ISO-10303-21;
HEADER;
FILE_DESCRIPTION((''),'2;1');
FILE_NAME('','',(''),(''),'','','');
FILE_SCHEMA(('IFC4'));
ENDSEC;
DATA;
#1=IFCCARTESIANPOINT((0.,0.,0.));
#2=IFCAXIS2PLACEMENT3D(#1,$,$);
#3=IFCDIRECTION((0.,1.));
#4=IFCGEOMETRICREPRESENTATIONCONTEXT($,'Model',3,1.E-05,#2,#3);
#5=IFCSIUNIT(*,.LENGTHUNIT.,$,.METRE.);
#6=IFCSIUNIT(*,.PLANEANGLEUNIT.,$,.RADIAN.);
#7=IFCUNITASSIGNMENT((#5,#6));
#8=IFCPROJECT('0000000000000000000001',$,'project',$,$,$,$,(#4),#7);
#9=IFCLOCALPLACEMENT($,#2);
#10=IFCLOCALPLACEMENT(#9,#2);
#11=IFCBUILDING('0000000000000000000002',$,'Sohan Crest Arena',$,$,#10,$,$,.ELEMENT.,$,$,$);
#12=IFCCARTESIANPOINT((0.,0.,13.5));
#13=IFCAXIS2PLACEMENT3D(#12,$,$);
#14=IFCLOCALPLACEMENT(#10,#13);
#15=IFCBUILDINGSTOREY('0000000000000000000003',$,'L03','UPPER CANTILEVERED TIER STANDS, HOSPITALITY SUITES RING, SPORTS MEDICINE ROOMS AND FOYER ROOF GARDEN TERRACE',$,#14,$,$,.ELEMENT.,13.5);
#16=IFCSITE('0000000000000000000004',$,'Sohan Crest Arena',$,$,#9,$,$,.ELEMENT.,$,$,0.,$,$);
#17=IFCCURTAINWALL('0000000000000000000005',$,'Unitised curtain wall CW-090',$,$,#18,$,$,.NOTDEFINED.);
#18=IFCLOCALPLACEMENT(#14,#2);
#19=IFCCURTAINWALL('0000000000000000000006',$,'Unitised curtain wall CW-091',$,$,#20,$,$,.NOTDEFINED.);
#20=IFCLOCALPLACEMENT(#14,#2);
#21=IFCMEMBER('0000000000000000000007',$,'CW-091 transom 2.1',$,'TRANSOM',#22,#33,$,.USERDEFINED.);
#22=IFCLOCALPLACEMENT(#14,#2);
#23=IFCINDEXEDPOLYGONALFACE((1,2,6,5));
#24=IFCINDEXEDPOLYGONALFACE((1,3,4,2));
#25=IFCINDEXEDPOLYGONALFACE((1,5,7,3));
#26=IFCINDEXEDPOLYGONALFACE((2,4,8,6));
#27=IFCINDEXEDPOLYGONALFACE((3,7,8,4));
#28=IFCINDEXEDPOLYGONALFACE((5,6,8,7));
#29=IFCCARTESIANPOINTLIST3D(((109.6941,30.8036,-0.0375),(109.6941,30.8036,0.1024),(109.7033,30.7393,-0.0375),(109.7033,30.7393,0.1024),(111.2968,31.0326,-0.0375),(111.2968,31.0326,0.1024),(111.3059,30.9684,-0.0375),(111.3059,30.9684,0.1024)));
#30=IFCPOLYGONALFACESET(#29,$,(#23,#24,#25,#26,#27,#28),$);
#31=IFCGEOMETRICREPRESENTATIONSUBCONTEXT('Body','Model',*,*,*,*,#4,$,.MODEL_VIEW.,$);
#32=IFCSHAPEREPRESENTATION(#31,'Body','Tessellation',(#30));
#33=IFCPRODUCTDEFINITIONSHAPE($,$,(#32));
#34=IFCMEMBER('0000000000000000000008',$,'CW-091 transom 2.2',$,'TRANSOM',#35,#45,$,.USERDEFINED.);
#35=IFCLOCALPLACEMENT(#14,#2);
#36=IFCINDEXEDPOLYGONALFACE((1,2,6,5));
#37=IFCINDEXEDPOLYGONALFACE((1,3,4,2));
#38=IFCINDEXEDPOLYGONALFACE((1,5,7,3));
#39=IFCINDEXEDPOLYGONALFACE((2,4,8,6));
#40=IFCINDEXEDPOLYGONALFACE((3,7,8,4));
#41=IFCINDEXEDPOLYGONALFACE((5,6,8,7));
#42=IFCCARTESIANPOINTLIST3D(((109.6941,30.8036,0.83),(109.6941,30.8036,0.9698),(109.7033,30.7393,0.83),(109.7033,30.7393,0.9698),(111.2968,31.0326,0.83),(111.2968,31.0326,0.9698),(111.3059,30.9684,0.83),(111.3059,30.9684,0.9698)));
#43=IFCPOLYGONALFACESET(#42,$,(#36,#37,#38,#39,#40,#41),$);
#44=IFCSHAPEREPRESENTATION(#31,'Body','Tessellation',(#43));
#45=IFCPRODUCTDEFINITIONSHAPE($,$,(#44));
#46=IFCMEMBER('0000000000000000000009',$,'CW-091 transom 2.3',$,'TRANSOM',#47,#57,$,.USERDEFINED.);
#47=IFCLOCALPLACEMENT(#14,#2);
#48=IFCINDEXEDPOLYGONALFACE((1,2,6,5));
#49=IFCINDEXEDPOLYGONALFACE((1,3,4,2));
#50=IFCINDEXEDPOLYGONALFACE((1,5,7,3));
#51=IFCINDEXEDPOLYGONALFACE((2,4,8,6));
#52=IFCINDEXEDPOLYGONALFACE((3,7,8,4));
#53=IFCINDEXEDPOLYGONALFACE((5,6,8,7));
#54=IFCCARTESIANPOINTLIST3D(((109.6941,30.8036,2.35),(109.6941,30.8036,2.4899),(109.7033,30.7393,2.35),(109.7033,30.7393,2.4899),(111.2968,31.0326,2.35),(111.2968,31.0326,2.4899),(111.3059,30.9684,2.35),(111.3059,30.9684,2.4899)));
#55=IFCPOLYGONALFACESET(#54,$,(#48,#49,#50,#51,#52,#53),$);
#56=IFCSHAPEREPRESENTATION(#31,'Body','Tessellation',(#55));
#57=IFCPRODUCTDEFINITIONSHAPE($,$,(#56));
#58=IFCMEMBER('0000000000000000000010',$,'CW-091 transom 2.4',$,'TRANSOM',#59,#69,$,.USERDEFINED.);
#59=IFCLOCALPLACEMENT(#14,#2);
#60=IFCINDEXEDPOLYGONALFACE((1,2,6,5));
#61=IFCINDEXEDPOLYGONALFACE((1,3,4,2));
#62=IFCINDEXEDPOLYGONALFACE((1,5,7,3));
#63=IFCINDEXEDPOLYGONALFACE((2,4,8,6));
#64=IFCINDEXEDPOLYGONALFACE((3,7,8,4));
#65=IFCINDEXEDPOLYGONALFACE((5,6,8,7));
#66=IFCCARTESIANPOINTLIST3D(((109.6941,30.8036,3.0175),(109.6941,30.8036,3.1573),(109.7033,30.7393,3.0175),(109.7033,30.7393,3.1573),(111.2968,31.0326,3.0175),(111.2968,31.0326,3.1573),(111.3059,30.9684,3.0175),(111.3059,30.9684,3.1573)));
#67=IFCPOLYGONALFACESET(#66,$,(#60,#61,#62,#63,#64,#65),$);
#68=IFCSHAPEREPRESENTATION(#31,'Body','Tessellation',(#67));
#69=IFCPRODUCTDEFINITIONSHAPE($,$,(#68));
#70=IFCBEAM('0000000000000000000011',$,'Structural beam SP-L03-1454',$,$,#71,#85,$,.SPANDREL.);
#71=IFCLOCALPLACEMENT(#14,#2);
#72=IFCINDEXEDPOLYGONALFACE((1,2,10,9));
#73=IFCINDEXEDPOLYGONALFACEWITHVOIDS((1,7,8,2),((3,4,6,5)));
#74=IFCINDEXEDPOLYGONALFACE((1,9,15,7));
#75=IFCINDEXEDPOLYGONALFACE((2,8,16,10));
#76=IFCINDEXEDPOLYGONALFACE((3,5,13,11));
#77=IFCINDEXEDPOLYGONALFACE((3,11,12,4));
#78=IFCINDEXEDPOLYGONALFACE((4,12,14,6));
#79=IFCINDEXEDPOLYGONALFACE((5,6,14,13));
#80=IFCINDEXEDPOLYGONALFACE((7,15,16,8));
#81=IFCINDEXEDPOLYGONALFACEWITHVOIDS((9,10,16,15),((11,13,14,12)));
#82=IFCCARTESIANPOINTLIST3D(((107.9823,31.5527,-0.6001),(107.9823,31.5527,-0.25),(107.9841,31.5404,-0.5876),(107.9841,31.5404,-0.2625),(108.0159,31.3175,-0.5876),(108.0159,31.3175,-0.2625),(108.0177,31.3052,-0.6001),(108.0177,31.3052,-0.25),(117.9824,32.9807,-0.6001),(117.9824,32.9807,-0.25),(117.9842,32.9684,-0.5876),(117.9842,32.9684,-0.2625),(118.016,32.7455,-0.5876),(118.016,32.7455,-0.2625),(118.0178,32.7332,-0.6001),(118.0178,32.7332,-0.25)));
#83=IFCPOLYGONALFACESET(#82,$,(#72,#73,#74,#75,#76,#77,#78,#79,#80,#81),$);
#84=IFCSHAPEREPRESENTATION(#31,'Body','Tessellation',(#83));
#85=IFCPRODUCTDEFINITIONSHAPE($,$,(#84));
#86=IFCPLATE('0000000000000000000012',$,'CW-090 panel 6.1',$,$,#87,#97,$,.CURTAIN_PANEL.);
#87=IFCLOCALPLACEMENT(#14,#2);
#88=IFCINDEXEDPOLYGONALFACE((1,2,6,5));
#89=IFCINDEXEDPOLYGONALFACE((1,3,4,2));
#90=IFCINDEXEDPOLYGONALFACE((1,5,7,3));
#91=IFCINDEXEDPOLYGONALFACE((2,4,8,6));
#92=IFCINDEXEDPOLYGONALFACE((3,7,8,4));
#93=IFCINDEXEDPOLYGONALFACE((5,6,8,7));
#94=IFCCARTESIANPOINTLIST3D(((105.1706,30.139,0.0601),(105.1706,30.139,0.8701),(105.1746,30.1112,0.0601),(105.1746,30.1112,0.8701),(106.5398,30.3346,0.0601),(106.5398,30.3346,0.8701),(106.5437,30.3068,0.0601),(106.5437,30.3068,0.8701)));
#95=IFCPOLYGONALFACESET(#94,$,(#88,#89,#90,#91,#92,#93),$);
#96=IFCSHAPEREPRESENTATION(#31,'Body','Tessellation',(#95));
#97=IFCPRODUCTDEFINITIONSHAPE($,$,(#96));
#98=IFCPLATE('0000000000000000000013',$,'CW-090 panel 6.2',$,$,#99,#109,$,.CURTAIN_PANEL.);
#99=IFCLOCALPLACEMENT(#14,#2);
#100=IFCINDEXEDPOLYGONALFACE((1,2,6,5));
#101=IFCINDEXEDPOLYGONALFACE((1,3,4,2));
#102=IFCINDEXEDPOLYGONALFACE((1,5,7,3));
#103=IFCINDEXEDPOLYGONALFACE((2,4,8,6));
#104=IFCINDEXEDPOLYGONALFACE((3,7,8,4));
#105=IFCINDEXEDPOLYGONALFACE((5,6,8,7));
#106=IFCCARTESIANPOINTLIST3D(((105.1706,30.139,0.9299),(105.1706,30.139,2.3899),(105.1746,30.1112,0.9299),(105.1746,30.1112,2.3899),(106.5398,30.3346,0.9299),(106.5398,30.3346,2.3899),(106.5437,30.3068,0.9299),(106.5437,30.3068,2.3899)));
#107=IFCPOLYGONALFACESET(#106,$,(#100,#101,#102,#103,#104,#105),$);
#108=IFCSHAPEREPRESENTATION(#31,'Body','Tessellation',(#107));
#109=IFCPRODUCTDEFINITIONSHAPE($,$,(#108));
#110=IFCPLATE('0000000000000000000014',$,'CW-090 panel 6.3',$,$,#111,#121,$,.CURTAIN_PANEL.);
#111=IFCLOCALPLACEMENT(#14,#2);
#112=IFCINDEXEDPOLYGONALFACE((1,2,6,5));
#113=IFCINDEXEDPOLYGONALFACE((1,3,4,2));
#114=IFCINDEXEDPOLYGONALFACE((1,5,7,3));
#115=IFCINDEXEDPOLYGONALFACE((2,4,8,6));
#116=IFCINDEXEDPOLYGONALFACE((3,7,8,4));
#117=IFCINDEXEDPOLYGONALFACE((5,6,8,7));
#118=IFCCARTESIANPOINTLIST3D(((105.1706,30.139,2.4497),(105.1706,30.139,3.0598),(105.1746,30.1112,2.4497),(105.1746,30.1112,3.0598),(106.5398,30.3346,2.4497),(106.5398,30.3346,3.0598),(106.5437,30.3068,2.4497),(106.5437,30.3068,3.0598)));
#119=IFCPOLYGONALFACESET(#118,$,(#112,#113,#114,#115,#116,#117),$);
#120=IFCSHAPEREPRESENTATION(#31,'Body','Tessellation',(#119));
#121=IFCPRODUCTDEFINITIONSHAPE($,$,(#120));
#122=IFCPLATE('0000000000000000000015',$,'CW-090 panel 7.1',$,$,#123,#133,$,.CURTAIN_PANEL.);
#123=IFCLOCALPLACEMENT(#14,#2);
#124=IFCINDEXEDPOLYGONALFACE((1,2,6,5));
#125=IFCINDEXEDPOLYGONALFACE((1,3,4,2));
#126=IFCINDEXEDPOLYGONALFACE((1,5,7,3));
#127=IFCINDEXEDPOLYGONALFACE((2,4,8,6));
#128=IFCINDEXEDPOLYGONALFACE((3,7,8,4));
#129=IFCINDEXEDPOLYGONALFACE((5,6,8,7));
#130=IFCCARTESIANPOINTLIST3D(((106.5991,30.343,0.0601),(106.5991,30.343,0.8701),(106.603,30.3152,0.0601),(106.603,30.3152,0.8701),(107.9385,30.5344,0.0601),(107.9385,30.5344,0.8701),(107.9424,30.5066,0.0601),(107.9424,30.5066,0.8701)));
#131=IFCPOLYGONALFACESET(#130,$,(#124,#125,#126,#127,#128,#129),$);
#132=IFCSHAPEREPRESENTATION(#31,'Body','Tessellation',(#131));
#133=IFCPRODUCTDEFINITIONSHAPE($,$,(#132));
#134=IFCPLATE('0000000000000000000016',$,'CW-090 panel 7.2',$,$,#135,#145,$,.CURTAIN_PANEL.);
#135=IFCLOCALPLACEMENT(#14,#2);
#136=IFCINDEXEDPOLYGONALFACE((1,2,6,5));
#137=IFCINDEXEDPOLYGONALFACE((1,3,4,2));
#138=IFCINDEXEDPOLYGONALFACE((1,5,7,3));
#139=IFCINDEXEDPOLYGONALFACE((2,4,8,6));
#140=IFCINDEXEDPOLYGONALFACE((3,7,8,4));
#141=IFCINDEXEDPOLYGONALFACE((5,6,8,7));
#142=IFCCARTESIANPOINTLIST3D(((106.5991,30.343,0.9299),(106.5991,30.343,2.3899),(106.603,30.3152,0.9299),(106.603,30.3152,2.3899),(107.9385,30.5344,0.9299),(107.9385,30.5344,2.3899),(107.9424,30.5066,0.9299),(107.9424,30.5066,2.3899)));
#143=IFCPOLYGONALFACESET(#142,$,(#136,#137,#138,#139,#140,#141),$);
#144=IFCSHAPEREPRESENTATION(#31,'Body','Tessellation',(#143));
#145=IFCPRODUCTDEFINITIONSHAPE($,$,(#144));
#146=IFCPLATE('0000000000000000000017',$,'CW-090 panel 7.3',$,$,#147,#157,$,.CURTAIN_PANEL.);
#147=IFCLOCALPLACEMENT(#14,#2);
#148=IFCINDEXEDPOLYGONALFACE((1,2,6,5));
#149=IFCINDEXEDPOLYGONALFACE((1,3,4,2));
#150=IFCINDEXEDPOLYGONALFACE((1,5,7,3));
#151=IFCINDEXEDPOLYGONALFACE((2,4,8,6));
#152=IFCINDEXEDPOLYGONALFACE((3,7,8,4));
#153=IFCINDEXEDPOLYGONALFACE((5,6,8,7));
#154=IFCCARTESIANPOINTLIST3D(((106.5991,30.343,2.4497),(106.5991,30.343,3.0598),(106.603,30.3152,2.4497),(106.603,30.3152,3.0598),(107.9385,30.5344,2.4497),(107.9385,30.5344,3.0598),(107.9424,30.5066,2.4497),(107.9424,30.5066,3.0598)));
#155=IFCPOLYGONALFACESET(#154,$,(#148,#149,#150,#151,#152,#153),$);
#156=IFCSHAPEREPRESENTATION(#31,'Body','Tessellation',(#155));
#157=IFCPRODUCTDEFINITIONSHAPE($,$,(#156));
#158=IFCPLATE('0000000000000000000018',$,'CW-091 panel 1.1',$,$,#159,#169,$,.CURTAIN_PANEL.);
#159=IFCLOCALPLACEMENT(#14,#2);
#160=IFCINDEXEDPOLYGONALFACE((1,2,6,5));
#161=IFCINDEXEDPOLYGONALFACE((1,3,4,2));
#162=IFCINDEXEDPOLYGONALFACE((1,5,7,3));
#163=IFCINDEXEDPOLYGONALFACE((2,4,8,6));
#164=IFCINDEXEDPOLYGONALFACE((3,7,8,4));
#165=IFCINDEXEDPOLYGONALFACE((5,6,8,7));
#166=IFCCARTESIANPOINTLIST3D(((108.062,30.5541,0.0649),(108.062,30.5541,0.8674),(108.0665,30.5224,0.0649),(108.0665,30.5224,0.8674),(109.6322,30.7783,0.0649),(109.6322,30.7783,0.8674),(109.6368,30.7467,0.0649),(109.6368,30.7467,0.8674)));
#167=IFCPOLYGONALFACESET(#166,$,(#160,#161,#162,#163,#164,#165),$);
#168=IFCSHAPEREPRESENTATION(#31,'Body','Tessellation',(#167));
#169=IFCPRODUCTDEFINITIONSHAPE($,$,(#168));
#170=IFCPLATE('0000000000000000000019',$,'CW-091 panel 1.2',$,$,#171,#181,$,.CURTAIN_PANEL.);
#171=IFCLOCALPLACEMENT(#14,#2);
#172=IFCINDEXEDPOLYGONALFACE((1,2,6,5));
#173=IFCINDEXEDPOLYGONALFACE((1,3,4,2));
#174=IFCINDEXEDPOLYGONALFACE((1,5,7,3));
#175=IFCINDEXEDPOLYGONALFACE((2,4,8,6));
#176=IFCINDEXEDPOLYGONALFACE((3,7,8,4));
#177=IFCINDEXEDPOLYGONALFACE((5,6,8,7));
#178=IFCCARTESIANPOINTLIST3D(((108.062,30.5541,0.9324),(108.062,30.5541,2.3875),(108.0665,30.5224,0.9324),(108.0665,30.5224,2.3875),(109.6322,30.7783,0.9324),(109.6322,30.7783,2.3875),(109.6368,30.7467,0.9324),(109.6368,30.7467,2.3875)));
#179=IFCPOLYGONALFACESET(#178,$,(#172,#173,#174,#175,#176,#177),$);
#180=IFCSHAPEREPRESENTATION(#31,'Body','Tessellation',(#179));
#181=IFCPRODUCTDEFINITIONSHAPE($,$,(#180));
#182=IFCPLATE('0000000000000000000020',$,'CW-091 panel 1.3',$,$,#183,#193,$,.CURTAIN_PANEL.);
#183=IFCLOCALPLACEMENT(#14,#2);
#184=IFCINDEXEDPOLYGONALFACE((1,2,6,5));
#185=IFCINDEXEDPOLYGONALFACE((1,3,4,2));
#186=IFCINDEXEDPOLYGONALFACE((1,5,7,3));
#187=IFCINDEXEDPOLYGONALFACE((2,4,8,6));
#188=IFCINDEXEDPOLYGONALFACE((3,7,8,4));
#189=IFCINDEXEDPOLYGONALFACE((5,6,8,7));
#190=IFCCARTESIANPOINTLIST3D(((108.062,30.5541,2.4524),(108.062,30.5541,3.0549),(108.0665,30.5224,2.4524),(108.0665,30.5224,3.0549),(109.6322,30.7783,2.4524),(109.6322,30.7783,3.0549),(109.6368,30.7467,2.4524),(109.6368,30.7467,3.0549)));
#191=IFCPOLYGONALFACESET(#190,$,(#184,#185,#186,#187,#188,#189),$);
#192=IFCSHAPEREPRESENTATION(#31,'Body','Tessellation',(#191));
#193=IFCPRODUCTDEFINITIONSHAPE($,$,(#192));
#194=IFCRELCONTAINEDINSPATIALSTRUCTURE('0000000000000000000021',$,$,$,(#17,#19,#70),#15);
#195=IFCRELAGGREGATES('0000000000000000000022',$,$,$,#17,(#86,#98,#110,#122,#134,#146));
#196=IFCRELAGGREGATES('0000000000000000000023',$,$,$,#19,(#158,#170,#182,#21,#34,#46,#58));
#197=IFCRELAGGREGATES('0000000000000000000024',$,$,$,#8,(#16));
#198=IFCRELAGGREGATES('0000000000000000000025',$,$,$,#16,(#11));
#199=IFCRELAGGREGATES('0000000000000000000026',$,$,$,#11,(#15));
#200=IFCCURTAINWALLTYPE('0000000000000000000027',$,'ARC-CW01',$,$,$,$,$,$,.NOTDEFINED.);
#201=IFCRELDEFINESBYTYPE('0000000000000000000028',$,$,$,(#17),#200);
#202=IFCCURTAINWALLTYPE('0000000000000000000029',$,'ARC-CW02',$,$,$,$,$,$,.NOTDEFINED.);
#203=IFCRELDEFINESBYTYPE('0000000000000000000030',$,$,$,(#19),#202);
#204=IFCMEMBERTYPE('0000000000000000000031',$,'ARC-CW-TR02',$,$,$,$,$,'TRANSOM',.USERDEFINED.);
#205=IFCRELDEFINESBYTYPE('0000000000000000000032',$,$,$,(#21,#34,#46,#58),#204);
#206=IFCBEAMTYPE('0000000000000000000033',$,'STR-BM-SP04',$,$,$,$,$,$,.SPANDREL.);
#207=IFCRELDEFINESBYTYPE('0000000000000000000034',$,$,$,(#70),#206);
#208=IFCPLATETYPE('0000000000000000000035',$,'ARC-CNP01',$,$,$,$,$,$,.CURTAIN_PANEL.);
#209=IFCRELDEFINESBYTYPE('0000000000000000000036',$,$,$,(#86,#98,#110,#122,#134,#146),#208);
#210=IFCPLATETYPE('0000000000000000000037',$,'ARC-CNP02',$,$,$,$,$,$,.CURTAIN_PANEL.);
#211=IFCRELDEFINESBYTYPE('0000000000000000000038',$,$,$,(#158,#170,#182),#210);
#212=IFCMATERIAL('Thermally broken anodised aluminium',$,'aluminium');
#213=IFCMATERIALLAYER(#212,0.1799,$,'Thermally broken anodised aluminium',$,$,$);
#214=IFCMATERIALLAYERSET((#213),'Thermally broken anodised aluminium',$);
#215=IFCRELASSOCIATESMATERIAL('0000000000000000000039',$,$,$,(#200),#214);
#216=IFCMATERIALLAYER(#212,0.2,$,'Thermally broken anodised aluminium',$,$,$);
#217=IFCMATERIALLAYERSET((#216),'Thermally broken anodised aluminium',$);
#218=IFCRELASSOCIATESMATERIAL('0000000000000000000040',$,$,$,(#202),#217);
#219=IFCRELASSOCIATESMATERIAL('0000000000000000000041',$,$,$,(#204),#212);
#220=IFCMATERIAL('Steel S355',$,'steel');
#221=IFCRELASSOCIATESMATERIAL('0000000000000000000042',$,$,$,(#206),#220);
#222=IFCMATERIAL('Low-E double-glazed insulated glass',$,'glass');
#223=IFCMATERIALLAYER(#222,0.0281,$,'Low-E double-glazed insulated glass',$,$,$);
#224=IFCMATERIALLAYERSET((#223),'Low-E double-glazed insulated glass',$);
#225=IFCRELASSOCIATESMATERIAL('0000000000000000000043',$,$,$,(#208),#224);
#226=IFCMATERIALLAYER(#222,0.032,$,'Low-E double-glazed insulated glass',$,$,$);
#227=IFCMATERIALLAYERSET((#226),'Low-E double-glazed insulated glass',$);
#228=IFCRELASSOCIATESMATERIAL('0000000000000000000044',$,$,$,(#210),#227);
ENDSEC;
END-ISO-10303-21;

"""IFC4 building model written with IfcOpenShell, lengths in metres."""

from ifc_helpers import new_model, si_unit, direction, frame, origin, origin_2d, place, context, subcontext, project, spatial, rectangle, hollow_rectangle, extrude, material, layer, layer_set, material_profile, profile_set, type_object, element, aggregate, save


model = new_model("IFC4")

# Units and contexts
model_context = context("Model", 3, precision=1e-05, world=origin(), true_north=direction((0.0, 1.0)))
body_context = subcontext(model_context, "Body", "Model", "MODEL_VIEW")
ifc_project = project(units=[si_unit("LENGTHUNIT", "METRE"), si_unit("PLANEANGLEUNIT", "RADIAN")], contexts=[model_context])

# Site, building, storey
site_placement = place(None, origin())
site = spatial("IfcSite", under=ifc_project, at=site_placement, Name="Sohan Crest Arena", CompositionType="ELEMENT", RefElevation=0.0)
building_placement = place(site_placement, origin())
building = spatial("IfcBuilding", under=site, at=building_placement, Name="Sohan Crest Arena", CompositionType="ELEMENT")
storey_placement = place(building_placement, frame((0.0, 0.0, 13.5)))
storey = spatial("IfcBuildingStorey", under=building, at=storey_placement, Name="L03", Description="UPPER CANTILEVERED TIER STANDS, HOSPITALITY SUITES RING, SPORTS MEDICINE ROOMS AND FOYER ROOF GARDEN TERRACE", CompositionType="ELEMENT", Elevation=13.5)

# Shared definitions
ifc_material_1 = material(Name="Steel S355", Category="steel")

# Curtain walls
ifc_material_2 = material(Name="Thermally broken anodised aluminium", Category="aluminium")
ifc_layer_1 = layer(ifc_material_2, 0.1799, Name="Thermally broken anodised aluminium")
ifc_layer_set_1 = layer_set([ifc_layer_1], Name="Thermally broken anodised aluminium")
curtain_wall_type_1 = type_object("IfcCurtainWallType", Name="ARC-CW01", PredefinedType="NOTDEFINED", material=ifc_layer_set_1)
curtain_wall_1_placement = place(storey_placement, origin())
curtain_wall_1 = element("IfcCurtainWall", 1, at=curtain_wall_1_placement, inside=storey, type_object=curtain_wall_type_1, Name="Unitised curtain wall CW-090", PredefinedType="NOTDEFINED")
ifc_layer_2 = layer(ifc_material_2, 0.2, Name="Thermally broken anodised aluminium")
ifc_layer_set_2 = layer_set([ifc_layer_2], Name="Thermally broken anodised aluminium")
curtain_wall_type_2 = type_object("IfcCurtainWallType", Name="ARC-CW02", PredefinedType="NOTDEFINED", material=ifc_layer_set_2)
curtain_wall_2_placement = place(storey_placement, origin())
curtain_wall_2 = element("IfcCurtainWall", 2, at=curtain_wall_2_placement, inside=storey, type_object=curtain_wall_type_2, Name="Unitised curtain wall CW-091", PredefinedType="NOTDEFINED")

# Members
ifc_material_profile_1 = material_profile(ifc_material_2, rectangle(XDim=0.0649, YDim=0.1399, at=origin_2d()), Name="ALU-TRAN 65x140")
ifc_profile_set_1 = profile_set([ifc_material_profile_1], Name="Thermally broken anodised aluminium")
member_type_1 = type_object("IfcMemberType", Name="ARC-CW-TR02", ElementType="TRANSOM", PredefinedType="USERDEFINED", material=ifc_profile_set_1)
member_1_placement = place(storey_placement, frame((109.6987, 30.7715, 0.0325), z_axis=(0.989943, 0.141464, 0.0), x_axis=(-0.141464, 0.989943, 0.0)))
member_1 = element("IfcMember", 3, at=member_1_placement, type_object=member_type_1, Name="CW-091 transom 2.1", ObjectType="TRANSOM", PredefinedType="USERDEFINED", context=body_context, shape_type="SweptSolid", body=[
    extrude(rectangle(XDim=0.0649, YDim=0.1399, at=origin_2d()), origin(), (0.0, 0.0, 1.0), 1.6189),
])
member_2_placement = place(storey_placement, frame((109.6987, 30.7715, 0.8999), z_axis=(0.989943, 0.141464, 0.0), x_axis=(-0.141464, 0.989943, 0.0)))
member_2 = element("IfcMember", 4, at=member_2_placement, type_object=member_type_1, Name="CW-091 transom 2.2", ObjectType="TRANSOM", PredefinedType="USERDEFINED", context=body_context, shape_type="SweptSolid", body=[
    extrude(rectangle(XDim=0.0649, YDim=0.1399, at=origin_2d()), origin(), (0.0, 0.0, 1.0), 1.6189),
])
member_3_placement = place(storey_placement, frame((109.6987, 30.7715, 2.4199), z_axis=(0.989943, 0.141464, 0.0), x_axis=(-0.141464, 0.989943, 0.0)))
member_3 = element("IfcMember", 5, at=member_3_placement, type_object=member_type_1, Name="CW-091 transom 2.3", ObjectType="TRANSOM", PredefinedType="USERDEFINED", context=body_context, shape_type="SweptSolid", body=[
    extrude(rectangle(XDim=0.0649, YDim=0.1399, at=origin_2d()), origin(), (0.0, 0.0, 1.0), 1.6189),
])
member_4_placement = place(storey_placement, frame((109.6987, 30.7715, 3.0874), z_axis=(0.989943, 0.141464, 0.0), x_axis=(-0.141464, 0.989943, 0.0)))
member_4 = element("IfcMember", 6, at=member_4_placement, type_object=member_type_1, Name="CW-091 transom 2.4", ObjectType="TRANSOM", PredefinedType="USERDEFINED", context=body_context, shape_type="SweptSolid", body=[
    extrude(rectangle(XDim=0.0649, YDim=0.1399, at=origin_2d()), origin(), (0.0, 0.0, 1.0), 1.6189),
])

# Beam
ifc_material_profile_2 = material_profile(ifc_material_1, hollow_rectangle(XDim=0.25, YDim=0.3501, WallThickness=0.0125, at=origin_2d()), Name="RHS 350x250x12.5")
ifc_profile_set_2 = profile_set([ifc_material_profile_2], Name="Steel S355")
beam_type = type_object("IfcBeamType", Name="STR-BM-SP04", PredefinedType="SPANDREL", material=ifc_profile_set_2)
beam_placement = place(storey_placement, frame((108.0, 31.429, -0.425), z_axis=(0.989958, 0.141364, 0.0), x_axis=(-0.141364, 0.989958, 0.0)))
element("IfcBeam", 7, at=beam_placement, inside=storey, type_object=beam_type, Name="Structural beam SP-L03-1454", PredefinedType="SPANDREL", context=body_context, shape_type="SweptSolid", body=[
    extrude(hollow_rectangle(XDim=0.25, YDim=0.3501, WallThickness=0.0125, at=origin_2d()), origin(), (0.0, 0.0, 1.0), 10.1016),
])

# Plates
ifc_material_3 = material(Name="Low-E double-glazed insulated glass", Category="glass")
ifc_layer_3 = layer(ifc_material_3, 0.0281, Name="Low-E double-glazed insulated glass")
ifc_layer_set_3 = layer_set([ifc_layer_3], Name="Low-E double-glazed insulated glass")
plate_type_1 = type_object("IfcPlateType", Name="ARC-CNP01", PredefinedType="CURTAIN_PANEL", material=ifc_layer_set_3)
plate_1_placement = place(storey_placement, frame((105.8572, 30.2229, 0.0601), z_axis=(0.0, 0.0, 1.0), x_axis=(0.989944, 0.141463, 0.0)))
plate_1 = element("IfcPlate", 8, at=plate_1_placement, type_object=plate_type_1, Name="CW-090 panel 6.1", PredefinedType="CURTAIN_PANEL", context=body_context, shape_type="SweptSolid", body=[
    extrude(rectangle(XDim=1.3831, YDim=0.0281, at=origin_2d()), origin(), (0.0, 0.0, 1.0), 0.8101),
])
plate_2_placement = place(storey_placement, frame((105.8572, 30.2229, 0.9299), z_axis=(0.0, 0.0, 1.0), x_axis=(0.989944, 0.141463, 0.0)))
plate_2 = element("IfcPlate", 9, at=plate_2_placement, type_object=plate_type_1, Name="CW-090 panel 6.2", PredefinedType="CURTAIN_PANEL", context=body_context, shape_type="SweptSolid", body=[
    extrude(rectangle(XDim=1.3831, YDim=0.0281, at=origin_2d()), origin(), (0.0, 0.0, 1.0), 1.46),
])
plate_3_placement = place(storey_placement, frame((105.8572, 30.2229, 2.4497), z_axis=(0.0, 0.0, 1.0), x_axis=(0.989944, 0.141463, 0.0)))
plate_3 = element("IfcPlate", 10, at=plate_3_placement, type_object=plate_type_1, Name="CW-090 panel 6.3", PredefinedType="CURTAIN_PANEL", context=body_context, shape_type="SweptSolid", body=[
    extrude(rectangle(XDim=1.3831, YDim=0.0281, at=origin_2d()), origin(), (0.0, 0.0, 1.0), 0.6101),
])
plate_4_placement = place(storey_placement, frame((107.2708, 30.4248, 0.0601), z_axis=(0.0, 0.0, 1.0), x_axis=(0.989944, 0.141463, 0.0)))
plate_4 = element("IfcPlate", 11, at=plate_4_placement, type_object=plate_type_1, Name="CW-090 panel 7.1", PredefinedType="CURTAIN_PANEL", context=body_context, shape_type="SweptSolid", body=[
    extrude(rectangle(XDim=1.353, YDim=0.0281, at=origin_2d()), origin(), (0.0, 0.0, 1.0), 0.8101),
])
plate_5_placement = place(storey_placement, frame((107.2708, 30.4248, 0.9299), z_axis=(0.0, 0.0, 1.0), x_axis=(0.989944, 0.141463, 0.0)))
plate_5 = element("IfcPlate", 12, at=plate_5_placement, type_object=plate_type_1, Name="CW-090 panel 7.2", PredefinedType="CURTAIN_PANEL", context=body_context, shape_type="SweptSolid", body=[
    extrude(rectangle(XDim=1.353, YDim=0.0281, at=origin_2d()), origin(), (0.0, 0.0, 1.0), 1.46),
])
plate_6_placement = place(storey_placement, frame((107.2708, 30.4248, 2.4497), z_axis=(0.0, 0.0, 1.0), x_axis=(0.989944, 0.141463, 0.0)))
plate_6 = element("IfcPlate", 13, at=plate_6_placement, type_object=plate_type_1, Name="CW-090 panel 7.3", PredefinedType="CURTAIN_PANEL", context=body_context, shape_type="SweptSolid", body=[
    extrude(rectangle(XDim=1.353, YDim=0.0281, at=origin_2d()), origin(), (0.0, 0.0, 1.0), 0.6101),
])
aggregate(curtain_wall_1, [plate_1, plate_2, plate_3, plate_4, plate_5, plate_6])
ifc_layer_4 = layer(ifc_material_3, 0.032, Name="Low-E double-glazed insulated glass")
ifc_layer_set_4 = layer_set([ifc_layer_4], Name="Low-E double-glazed insulated glass")
plate_type_2 = type_object("IfcPlateType", Name="ARC-CNP02", PredefinedType="CURTAIN_PANEL", material=ifc_layer_set_4)
plate_7_placement = place(storey_placement, frame((108.8494, 30.6504, 0.0649), z_axis=(0.0, 0.0, 1.0), x_axis=(0.989957, 0.141366, 0.0)))
plate_7 = element("IfcPlate", 14, at=plate_7_placement, type_object=plate_type_2, Name="CW-091 panel 1.1", PredefinedType="CURTAIN_PANEL", context=body_context, shape_type="SweptSolid", body=[
    extrude(rectangle(XDim=1.5862, YDim=0.032, at=origin_2d()), origin(), (0.0, 0.0, 1.0), 0.8025),
])
plate_8_placement = place(storey_placement, frame((108.8494, 30.6504, 0.9324), z_axis=(0.0, 0.0, 1.0), x_axis=(0.989957, 0.141366, 0.0)))
plate_8 = element("IfcPlate", 15, at=plate_8_placement, type_object=plate_type_2, Name="CW-091 panel 1.2", PredefinedType="CURTAIN_PANEL", context=body_context, shape_type="SweptSolid", body=[
    extrude(rectangle(XDim=1.5862, YDim=0.032, at=origin_2d()), origin(), (0.0, 0.0, 1.0), 1.4551),
])
plate_9_placement = place(storey_placement, frame((108.8494, 30.6504, 2.4524), z_axis=(0.0, 0.0, 1.0), x_axis=(0.989957, 0.141366, 0.0)))
plate_9 = element("IfcPlate", 16, at=plate_9_placement, type_object=plate_type_2, Name="CW-091 panel 1.3", PredefinedType="CURTAIN_PANEL", context=body_context, shape_type="SweptSolid", body=[
    extrude(rectangle(XDim=1.5862, YDim=0.032, at=origin_2d()), origin(), (0.0, 0.0, 1.0), 0.6025),
])
aggregate(curtain_wall_2, [plate_7, plate_8, plate_9, member_1, member_2, member_3, member_4])

save(model, "model.ifc")
